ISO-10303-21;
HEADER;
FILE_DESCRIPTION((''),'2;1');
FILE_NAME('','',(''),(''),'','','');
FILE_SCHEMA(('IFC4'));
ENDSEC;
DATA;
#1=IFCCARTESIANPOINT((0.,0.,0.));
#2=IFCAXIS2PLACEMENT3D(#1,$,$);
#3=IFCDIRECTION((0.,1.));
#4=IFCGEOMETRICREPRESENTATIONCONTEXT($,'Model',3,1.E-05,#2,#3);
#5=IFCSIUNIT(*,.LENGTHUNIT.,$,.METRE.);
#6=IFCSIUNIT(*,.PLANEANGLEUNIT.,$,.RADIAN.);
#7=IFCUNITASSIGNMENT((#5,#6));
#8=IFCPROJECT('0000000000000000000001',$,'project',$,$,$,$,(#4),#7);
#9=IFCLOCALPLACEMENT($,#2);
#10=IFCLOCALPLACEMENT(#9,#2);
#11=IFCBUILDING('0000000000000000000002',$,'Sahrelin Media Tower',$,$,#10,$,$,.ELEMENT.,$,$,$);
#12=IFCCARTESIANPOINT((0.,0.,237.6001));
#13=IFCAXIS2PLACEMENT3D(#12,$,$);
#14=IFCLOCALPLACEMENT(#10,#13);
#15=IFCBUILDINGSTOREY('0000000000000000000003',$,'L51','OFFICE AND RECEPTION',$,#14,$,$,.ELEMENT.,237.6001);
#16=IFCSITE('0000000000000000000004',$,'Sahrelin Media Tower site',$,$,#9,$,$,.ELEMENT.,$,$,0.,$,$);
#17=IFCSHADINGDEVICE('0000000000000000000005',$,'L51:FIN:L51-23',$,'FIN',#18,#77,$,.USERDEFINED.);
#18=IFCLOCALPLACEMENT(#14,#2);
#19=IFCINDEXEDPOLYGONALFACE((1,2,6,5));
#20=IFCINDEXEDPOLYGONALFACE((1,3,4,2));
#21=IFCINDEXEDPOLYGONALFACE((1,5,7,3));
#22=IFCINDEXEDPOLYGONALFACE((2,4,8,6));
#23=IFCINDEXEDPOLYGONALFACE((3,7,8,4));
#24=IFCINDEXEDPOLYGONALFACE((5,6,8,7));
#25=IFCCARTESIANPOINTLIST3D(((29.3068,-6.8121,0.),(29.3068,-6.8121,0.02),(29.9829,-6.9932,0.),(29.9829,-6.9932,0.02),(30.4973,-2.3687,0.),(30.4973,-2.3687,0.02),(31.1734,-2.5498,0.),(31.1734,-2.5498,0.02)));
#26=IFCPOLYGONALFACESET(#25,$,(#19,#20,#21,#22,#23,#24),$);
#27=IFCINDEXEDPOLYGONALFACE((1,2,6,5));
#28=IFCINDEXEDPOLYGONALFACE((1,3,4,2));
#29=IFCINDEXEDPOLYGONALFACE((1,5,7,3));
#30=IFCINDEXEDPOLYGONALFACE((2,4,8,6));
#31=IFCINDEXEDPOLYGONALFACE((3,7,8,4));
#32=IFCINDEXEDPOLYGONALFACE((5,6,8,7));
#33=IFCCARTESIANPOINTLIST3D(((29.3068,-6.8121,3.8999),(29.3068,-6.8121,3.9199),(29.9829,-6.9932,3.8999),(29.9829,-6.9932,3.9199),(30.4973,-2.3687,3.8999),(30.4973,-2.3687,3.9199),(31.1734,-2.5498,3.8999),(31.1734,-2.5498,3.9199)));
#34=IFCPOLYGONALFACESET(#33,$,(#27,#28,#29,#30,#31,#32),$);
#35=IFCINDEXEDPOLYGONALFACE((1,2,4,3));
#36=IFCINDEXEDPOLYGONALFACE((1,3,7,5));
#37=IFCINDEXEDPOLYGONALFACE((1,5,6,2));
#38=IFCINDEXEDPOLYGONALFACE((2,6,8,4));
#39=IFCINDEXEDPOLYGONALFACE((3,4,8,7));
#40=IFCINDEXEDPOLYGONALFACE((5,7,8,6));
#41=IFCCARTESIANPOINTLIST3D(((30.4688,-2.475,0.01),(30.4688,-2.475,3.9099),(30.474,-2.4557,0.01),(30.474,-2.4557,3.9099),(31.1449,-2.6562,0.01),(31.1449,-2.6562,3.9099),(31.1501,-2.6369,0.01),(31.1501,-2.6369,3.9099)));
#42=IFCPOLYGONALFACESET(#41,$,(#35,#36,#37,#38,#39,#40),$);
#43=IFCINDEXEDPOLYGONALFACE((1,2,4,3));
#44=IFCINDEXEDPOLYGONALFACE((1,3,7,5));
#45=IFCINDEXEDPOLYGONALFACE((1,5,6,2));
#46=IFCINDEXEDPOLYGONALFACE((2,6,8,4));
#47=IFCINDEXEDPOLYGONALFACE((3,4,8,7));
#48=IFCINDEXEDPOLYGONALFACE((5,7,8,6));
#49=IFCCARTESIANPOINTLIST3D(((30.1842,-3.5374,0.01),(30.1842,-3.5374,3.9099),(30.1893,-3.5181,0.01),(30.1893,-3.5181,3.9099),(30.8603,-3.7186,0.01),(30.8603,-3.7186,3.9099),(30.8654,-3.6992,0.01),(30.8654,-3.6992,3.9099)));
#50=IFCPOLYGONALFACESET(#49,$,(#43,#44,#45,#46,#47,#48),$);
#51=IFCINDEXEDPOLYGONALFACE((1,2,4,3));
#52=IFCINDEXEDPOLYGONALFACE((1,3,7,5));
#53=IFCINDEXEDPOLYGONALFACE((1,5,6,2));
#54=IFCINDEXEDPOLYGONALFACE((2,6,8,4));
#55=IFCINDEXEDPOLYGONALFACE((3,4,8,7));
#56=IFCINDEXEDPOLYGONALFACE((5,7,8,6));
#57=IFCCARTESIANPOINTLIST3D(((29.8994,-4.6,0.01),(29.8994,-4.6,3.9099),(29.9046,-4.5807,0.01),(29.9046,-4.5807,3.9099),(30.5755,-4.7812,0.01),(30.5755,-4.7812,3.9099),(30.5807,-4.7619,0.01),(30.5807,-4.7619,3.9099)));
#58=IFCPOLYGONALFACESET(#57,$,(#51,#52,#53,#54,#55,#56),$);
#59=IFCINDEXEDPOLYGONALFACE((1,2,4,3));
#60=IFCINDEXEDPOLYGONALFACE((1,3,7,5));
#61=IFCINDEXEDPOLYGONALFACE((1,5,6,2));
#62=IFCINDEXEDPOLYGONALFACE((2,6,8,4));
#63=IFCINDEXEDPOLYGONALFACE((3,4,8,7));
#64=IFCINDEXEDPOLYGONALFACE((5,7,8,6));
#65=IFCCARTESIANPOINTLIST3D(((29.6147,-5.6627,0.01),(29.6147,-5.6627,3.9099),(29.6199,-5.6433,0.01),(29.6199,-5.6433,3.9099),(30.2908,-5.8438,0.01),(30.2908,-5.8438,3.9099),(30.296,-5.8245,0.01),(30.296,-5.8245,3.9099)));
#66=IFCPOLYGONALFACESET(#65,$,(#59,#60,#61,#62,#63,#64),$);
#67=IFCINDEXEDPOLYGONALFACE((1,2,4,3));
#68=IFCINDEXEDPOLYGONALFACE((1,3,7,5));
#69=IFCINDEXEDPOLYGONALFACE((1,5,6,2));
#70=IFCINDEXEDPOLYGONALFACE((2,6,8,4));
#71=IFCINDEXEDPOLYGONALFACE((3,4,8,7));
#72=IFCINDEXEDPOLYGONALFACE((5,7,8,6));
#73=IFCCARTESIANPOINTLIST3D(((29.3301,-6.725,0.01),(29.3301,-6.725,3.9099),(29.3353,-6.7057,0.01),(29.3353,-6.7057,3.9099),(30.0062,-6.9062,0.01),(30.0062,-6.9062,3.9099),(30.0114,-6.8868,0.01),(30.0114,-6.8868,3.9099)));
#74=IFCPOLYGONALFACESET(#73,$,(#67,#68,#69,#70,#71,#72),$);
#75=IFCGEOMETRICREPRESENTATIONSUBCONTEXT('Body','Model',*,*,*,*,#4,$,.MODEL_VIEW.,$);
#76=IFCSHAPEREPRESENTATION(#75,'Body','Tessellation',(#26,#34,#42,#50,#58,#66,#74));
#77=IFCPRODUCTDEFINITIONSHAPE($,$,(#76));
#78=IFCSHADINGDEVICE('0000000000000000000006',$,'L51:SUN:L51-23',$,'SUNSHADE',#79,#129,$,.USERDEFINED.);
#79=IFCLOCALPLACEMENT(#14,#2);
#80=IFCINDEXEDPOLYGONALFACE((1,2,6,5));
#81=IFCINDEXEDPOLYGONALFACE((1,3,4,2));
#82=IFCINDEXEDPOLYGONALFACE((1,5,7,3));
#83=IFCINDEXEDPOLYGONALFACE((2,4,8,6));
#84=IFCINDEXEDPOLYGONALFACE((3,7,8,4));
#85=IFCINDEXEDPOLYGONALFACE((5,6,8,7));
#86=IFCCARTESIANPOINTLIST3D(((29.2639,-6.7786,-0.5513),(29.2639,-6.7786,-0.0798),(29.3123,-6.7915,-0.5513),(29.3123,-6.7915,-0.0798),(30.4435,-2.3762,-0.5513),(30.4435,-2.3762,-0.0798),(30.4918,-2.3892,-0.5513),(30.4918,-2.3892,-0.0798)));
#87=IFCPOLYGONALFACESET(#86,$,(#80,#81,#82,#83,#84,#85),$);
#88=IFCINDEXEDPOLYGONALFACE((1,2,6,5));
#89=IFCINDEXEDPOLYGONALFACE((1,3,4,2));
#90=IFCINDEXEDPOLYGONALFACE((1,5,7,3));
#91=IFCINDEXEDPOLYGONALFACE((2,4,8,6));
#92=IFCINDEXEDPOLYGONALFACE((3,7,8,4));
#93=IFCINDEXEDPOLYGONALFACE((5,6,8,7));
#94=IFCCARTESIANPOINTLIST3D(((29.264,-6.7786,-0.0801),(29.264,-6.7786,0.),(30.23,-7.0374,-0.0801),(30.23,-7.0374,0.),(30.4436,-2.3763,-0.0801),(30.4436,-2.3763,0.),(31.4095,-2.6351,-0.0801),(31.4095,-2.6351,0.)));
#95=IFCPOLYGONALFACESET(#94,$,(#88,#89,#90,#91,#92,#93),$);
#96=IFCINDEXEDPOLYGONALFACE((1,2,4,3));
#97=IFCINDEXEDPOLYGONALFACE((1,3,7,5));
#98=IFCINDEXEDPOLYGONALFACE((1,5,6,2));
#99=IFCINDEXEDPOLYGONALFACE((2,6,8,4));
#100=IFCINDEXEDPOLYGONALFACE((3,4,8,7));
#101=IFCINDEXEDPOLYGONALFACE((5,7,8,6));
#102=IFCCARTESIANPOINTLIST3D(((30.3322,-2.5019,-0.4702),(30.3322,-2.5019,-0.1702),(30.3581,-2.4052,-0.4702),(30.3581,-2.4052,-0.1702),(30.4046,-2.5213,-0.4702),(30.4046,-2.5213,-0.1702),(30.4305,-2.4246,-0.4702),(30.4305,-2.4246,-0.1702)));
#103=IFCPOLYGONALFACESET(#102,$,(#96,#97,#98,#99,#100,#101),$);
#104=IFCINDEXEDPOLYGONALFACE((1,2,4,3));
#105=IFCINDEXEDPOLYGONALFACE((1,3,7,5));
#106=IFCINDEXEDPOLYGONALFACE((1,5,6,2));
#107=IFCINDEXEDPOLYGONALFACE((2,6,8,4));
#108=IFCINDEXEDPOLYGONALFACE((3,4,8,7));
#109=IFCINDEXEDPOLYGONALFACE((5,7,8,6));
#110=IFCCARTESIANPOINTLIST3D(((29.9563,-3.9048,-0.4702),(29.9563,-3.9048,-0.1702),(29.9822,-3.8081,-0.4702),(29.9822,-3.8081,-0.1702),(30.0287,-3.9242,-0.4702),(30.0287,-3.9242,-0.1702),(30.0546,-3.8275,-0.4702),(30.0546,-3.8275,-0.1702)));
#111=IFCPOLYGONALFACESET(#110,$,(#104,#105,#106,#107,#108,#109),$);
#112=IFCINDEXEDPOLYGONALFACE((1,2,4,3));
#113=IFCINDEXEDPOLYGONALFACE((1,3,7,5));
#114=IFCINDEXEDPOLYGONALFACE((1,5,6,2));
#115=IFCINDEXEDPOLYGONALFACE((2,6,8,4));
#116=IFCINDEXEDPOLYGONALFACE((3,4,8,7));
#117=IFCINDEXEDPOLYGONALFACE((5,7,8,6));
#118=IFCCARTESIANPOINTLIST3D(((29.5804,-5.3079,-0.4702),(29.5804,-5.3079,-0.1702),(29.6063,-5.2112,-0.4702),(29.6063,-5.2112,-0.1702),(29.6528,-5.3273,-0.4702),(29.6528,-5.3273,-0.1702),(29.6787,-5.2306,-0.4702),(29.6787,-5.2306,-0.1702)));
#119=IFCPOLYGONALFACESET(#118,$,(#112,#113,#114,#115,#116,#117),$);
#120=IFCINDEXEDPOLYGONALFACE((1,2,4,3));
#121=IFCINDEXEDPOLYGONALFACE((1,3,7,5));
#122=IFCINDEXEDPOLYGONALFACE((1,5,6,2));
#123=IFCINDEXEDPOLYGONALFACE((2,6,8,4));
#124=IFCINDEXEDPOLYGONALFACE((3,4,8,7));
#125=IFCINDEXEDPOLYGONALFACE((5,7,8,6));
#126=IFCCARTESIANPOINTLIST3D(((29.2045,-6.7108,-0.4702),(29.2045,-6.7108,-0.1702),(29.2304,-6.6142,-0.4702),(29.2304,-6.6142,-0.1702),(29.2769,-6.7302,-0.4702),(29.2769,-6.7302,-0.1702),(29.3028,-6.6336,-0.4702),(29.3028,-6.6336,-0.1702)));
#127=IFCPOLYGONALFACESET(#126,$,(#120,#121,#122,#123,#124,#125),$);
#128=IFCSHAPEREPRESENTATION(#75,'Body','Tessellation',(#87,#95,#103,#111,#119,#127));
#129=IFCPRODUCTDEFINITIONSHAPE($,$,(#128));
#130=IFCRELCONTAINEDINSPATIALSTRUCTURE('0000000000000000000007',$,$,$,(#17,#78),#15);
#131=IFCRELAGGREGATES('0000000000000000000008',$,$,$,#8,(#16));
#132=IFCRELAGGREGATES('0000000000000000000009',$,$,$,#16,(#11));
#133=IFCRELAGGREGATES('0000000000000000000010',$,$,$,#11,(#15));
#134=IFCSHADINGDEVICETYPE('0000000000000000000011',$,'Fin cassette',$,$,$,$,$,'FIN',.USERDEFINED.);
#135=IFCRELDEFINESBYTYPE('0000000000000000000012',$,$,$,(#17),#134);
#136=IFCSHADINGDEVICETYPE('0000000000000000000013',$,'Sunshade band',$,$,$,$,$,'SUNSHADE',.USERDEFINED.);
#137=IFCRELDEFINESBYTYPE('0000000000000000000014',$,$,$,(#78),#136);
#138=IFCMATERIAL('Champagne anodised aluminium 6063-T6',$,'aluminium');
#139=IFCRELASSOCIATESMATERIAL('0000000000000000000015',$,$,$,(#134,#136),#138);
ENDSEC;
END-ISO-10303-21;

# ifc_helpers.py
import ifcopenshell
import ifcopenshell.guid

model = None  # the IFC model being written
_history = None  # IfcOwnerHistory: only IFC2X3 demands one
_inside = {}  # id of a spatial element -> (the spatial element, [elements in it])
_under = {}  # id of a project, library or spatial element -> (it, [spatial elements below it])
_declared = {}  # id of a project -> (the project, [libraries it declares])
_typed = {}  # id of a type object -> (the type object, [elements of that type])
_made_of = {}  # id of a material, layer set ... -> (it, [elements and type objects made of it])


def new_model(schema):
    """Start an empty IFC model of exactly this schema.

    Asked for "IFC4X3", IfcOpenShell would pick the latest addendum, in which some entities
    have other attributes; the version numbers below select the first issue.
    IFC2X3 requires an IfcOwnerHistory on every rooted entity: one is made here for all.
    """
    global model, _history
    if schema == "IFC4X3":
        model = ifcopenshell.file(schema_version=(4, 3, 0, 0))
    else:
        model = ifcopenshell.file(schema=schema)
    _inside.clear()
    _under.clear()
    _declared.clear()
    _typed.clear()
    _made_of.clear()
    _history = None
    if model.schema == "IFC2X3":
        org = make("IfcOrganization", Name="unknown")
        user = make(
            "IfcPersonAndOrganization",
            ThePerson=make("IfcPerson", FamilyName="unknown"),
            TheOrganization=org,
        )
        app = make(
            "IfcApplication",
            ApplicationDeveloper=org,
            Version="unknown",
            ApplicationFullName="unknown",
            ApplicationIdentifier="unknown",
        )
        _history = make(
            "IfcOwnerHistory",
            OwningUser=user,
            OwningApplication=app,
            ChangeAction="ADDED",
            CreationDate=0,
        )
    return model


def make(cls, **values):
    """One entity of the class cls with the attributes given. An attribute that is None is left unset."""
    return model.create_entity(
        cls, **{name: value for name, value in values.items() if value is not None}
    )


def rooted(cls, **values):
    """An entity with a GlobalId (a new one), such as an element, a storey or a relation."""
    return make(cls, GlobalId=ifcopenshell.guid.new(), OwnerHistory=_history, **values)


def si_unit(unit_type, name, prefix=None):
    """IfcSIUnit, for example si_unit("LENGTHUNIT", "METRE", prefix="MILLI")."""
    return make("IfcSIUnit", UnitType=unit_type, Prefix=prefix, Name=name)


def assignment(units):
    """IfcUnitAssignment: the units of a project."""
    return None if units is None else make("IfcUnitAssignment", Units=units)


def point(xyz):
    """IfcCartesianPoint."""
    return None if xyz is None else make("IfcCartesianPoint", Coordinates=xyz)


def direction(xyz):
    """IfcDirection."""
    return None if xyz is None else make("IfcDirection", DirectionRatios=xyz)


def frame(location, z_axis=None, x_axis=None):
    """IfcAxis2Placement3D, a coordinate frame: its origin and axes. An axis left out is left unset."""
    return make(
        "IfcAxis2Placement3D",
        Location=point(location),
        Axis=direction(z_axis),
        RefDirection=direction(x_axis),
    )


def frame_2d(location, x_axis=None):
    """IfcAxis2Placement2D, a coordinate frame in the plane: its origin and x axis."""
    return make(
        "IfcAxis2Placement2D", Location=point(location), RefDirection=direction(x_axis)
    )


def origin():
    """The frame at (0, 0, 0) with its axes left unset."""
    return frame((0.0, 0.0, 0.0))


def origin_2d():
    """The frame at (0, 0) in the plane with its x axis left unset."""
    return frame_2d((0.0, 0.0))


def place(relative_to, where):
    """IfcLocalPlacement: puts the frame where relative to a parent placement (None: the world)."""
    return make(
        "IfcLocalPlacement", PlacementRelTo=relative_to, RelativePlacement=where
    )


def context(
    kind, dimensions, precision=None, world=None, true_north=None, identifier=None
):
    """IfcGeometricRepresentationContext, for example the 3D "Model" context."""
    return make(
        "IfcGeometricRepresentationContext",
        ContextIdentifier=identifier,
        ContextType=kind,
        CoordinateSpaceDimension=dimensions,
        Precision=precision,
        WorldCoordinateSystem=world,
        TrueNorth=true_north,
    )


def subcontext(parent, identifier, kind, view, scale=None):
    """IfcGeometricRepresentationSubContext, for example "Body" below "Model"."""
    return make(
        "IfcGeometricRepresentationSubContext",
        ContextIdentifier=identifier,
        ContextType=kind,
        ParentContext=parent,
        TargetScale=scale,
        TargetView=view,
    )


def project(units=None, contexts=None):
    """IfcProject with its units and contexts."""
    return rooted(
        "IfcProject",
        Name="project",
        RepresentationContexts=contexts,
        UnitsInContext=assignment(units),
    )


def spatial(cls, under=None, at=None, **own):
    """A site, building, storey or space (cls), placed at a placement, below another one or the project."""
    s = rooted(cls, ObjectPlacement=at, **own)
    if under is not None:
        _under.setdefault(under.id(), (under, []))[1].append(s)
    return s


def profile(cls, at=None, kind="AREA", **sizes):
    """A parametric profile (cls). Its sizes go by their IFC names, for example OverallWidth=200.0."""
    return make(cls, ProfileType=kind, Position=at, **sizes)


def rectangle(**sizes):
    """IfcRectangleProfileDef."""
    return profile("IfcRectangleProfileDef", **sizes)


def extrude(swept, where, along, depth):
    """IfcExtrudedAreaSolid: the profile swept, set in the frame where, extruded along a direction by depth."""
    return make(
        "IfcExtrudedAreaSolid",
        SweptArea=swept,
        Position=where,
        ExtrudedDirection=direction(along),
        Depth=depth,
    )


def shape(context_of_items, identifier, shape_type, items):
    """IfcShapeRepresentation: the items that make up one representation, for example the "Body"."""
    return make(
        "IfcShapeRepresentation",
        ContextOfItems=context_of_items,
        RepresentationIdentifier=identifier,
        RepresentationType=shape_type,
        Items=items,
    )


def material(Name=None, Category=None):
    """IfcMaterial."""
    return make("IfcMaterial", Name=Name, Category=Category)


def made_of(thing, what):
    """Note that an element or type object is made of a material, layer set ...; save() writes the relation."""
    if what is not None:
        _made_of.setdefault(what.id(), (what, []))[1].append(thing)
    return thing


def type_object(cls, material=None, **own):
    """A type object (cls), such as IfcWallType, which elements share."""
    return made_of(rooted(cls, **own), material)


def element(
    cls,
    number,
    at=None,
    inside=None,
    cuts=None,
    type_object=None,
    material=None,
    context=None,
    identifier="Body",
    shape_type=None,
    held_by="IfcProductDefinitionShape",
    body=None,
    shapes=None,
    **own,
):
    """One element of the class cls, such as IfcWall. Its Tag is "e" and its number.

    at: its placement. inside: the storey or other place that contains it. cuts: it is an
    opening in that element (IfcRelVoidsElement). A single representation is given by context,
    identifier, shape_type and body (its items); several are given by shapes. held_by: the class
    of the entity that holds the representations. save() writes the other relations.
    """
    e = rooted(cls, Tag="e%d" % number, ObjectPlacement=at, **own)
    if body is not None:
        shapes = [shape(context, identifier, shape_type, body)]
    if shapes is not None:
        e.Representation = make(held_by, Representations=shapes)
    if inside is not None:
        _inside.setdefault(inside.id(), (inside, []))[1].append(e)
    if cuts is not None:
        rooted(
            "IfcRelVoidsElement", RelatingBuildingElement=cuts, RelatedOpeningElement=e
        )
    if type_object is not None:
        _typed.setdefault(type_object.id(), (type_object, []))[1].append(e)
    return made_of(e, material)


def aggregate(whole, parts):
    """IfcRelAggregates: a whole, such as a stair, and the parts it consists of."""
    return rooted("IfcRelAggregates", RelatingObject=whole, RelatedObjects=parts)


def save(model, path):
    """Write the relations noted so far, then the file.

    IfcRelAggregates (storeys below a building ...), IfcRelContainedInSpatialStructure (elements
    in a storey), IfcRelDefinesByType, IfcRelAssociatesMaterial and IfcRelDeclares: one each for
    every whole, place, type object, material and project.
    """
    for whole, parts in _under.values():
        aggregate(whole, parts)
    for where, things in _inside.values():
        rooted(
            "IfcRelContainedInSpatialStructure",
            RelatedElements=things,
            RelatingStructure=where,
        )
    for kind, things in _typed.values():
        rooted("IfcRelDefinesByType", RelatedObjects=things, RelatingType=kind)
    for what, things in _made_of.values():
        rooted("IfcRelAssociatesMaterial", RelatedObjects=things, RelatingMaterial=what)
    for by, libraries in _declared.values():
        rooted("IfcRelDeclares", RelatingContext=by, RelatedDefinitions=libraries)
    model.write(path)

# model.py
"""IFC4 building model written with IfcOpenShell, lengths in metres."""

from ifc_helpers import new_model, si_unit, direction, frame, origin, origin_2d, place, context, subcontext, project, spatial, rectangle, extrude, material, type_object, element, save


model = new_model("IFC4")

# Units and contexts
model_context = context("Model", 3, precision=1e-05, world=origin(), true_north=direction((0.0, 1.0)))
body_context = subcontext(model_context, "Body", "Model", "MODEL_VIEW")
ifc_project = project(units=[si_unit("LENGTHUNIT", "METRE"), si_unit("PLANEANGLEUNIT", "RADIAN")], contexts=[model_context])

# Site, building, storey
site_placement = place(None, origin())
site = spatial("IfcSite", under=ifc_project, at=site_placement, Name="Sahrelin Media Tower site", CompositionType="ELEMENT", RefElevation=0.0)
building_placement = place(site_placement, origin())
building = spatial("IfcBuilding", under=site, at=building_placement, Name="Sahrelin Media Tower", CompositionType="ELEMENT")
storey_placement = place(building_placement, frame((0.0, 0.0, 237.6001)))
storey = spatial("IfcBuildingStorey", under=building, at=storey_placement, Name="L51", Description="OFFICE AND RECEPTION", CompositionType="ELEMENT", Elevation=237.6001)

# Shared definitions
ifc_material_1 = material(Name="Champagne anodised aluminium 6063-T6", Category="aluminium")

# Shading devices
shading_device_type_1 = type_object("IfcShadingDeviceType", Name="Fin cassette", ElementType="FIN", PredefinedType="USERDEFINED", material=ifc_material_1)
placement = place(storey_placement, frame((29.8345, -4.5723, 0.0), z_axis=(0.0, 0.0, 1.0), x_axis=(-0.258808, -0.965929, 0.0)))
element("IfcShadingDevice", 1, at=placement, inside=storey, type_object=shading_device_type_1, Name="L51:FIN:L51-23", ObjectType="FIN", PredefinedType="USERDEFINED", context=body_context, shape_type="SweptSolid", body=[
    extrude(rectangle(XDim=4.6001, YDim=0.7, at=origin_2d()), frame((0.0, 0.4199, 0.0)), (0.0, 0.0, 1.0), 0.02),
    extrude(rectangle(XDim=4.6001, YDim=0.7, at=origin_2d()), frame((0.0, 0.4199, 3.8999)), (0.0, 0.0, 1.0), 0.02),
    extrude(rectangle(XDim=0.02, YDim=0.7, at=origin_2d()), frame((-2.2, 0.4199, 0.01), z_axis=(0.0, 0.0, 1.0), x_axis=(1.0, 0.0, 0.0)), (0.0, 0.0, 1.0), 3.8999),
    extrude(rectangle(XDim=0.02, YDim=0.7, at=origin_2d()), frame((-1.1001, 0.4199, 0.01), z_axis=(0.0, 0.0, 1.0), x_axis=(1.0, 0.0, 0.0)), (0.0, 0.0, 1.0), 3.8999),
    extrude(rectangle(XDim=0.02, YDim=0.7, at=origin_2d()), frame((0.0, 0.4199, 0.01), z_axis=(0.0, 0.0, 1.0), x_axis=(1.0, 0.0, 0.0)), (0.0, 0.0, 1.0), 3.8999),
    extrude(rectangle(XDim=0.02, YDim=0.7, at=origin_2d()), frame((1.1001, 0.4199, 0.01), z_axis=(0.0, 0.0, 1.0), x_axis=(1.0, 0.0, 0.0)), (0.0, 0.0, 1.0), 3.8999),
    extrude(rectangle(XDim=0.02, YDim=0.7, at=origin_2d()), frame((2.2, 0.4199, 0.01), z_axis=(0.0, 0.0, 1.0), x_axis=(1.0, 0.0, 0.0)), (0.0, 0.0, 1.0), 3.8999),
])
shading_device_type_2 = type_object("IfcShadingDeviceType", Name="Sunshade band", ElementType="SUNSHADE", PredefinedType="USERDEFINED", material=ifc_material_1)
element("IfcShadingDevice", 2, at=placement, inside=storey, type_object=shading_device_type_2, Name="L51:SUN:L51-23", ObjectType="SUNSHADE", PredefinedType="USERDEFINED", context=body_context, shape_type="SweptSolid", body=[
    extrude(rectangle(XDim=4.5576, YDim=0.05, at=origin_2d()), frame((0.0, 0.0449, -0.5513)), (0.0, 0.0, 1.0), 0.4714),
    extrude(rectangle(XDim=4.5576, YDim=1.0, at=origin_2d()), frame((0.0, 0.52, -0.0801)), (0.0, 0.0, 1.0), 0.0801),
    extrude(rectangle(XDim=0.1001, YDim=0.075, at=origin_2d()), frame((-2.1787, -0.0176, -0.4702)), (0.0, 0.0, 1.0), 0.3),
    extrude(rectangle(XDim=0.1001, YDim=0.075, at=origin_2d()), frame((-0.7263, -0.0176, -0.4702)), (0.0, 0.0, 1.0), 0.3),
    extrude(rectangle(XDim=0.1001, YDim=0.075, at=origin_2d()), frame((0.7263, -0.0176, -0.4702)), (0.0, 0.0, 1.0), 0.3),
    extrude(rectangle(XDim=0.1001, YDim=0.075, at=origin_2d()), frame((2.1787, -0.0176, -0.4702)), (0.0, 0.0, 1.0), 0.3),
])

save(model, "model.ifc")
